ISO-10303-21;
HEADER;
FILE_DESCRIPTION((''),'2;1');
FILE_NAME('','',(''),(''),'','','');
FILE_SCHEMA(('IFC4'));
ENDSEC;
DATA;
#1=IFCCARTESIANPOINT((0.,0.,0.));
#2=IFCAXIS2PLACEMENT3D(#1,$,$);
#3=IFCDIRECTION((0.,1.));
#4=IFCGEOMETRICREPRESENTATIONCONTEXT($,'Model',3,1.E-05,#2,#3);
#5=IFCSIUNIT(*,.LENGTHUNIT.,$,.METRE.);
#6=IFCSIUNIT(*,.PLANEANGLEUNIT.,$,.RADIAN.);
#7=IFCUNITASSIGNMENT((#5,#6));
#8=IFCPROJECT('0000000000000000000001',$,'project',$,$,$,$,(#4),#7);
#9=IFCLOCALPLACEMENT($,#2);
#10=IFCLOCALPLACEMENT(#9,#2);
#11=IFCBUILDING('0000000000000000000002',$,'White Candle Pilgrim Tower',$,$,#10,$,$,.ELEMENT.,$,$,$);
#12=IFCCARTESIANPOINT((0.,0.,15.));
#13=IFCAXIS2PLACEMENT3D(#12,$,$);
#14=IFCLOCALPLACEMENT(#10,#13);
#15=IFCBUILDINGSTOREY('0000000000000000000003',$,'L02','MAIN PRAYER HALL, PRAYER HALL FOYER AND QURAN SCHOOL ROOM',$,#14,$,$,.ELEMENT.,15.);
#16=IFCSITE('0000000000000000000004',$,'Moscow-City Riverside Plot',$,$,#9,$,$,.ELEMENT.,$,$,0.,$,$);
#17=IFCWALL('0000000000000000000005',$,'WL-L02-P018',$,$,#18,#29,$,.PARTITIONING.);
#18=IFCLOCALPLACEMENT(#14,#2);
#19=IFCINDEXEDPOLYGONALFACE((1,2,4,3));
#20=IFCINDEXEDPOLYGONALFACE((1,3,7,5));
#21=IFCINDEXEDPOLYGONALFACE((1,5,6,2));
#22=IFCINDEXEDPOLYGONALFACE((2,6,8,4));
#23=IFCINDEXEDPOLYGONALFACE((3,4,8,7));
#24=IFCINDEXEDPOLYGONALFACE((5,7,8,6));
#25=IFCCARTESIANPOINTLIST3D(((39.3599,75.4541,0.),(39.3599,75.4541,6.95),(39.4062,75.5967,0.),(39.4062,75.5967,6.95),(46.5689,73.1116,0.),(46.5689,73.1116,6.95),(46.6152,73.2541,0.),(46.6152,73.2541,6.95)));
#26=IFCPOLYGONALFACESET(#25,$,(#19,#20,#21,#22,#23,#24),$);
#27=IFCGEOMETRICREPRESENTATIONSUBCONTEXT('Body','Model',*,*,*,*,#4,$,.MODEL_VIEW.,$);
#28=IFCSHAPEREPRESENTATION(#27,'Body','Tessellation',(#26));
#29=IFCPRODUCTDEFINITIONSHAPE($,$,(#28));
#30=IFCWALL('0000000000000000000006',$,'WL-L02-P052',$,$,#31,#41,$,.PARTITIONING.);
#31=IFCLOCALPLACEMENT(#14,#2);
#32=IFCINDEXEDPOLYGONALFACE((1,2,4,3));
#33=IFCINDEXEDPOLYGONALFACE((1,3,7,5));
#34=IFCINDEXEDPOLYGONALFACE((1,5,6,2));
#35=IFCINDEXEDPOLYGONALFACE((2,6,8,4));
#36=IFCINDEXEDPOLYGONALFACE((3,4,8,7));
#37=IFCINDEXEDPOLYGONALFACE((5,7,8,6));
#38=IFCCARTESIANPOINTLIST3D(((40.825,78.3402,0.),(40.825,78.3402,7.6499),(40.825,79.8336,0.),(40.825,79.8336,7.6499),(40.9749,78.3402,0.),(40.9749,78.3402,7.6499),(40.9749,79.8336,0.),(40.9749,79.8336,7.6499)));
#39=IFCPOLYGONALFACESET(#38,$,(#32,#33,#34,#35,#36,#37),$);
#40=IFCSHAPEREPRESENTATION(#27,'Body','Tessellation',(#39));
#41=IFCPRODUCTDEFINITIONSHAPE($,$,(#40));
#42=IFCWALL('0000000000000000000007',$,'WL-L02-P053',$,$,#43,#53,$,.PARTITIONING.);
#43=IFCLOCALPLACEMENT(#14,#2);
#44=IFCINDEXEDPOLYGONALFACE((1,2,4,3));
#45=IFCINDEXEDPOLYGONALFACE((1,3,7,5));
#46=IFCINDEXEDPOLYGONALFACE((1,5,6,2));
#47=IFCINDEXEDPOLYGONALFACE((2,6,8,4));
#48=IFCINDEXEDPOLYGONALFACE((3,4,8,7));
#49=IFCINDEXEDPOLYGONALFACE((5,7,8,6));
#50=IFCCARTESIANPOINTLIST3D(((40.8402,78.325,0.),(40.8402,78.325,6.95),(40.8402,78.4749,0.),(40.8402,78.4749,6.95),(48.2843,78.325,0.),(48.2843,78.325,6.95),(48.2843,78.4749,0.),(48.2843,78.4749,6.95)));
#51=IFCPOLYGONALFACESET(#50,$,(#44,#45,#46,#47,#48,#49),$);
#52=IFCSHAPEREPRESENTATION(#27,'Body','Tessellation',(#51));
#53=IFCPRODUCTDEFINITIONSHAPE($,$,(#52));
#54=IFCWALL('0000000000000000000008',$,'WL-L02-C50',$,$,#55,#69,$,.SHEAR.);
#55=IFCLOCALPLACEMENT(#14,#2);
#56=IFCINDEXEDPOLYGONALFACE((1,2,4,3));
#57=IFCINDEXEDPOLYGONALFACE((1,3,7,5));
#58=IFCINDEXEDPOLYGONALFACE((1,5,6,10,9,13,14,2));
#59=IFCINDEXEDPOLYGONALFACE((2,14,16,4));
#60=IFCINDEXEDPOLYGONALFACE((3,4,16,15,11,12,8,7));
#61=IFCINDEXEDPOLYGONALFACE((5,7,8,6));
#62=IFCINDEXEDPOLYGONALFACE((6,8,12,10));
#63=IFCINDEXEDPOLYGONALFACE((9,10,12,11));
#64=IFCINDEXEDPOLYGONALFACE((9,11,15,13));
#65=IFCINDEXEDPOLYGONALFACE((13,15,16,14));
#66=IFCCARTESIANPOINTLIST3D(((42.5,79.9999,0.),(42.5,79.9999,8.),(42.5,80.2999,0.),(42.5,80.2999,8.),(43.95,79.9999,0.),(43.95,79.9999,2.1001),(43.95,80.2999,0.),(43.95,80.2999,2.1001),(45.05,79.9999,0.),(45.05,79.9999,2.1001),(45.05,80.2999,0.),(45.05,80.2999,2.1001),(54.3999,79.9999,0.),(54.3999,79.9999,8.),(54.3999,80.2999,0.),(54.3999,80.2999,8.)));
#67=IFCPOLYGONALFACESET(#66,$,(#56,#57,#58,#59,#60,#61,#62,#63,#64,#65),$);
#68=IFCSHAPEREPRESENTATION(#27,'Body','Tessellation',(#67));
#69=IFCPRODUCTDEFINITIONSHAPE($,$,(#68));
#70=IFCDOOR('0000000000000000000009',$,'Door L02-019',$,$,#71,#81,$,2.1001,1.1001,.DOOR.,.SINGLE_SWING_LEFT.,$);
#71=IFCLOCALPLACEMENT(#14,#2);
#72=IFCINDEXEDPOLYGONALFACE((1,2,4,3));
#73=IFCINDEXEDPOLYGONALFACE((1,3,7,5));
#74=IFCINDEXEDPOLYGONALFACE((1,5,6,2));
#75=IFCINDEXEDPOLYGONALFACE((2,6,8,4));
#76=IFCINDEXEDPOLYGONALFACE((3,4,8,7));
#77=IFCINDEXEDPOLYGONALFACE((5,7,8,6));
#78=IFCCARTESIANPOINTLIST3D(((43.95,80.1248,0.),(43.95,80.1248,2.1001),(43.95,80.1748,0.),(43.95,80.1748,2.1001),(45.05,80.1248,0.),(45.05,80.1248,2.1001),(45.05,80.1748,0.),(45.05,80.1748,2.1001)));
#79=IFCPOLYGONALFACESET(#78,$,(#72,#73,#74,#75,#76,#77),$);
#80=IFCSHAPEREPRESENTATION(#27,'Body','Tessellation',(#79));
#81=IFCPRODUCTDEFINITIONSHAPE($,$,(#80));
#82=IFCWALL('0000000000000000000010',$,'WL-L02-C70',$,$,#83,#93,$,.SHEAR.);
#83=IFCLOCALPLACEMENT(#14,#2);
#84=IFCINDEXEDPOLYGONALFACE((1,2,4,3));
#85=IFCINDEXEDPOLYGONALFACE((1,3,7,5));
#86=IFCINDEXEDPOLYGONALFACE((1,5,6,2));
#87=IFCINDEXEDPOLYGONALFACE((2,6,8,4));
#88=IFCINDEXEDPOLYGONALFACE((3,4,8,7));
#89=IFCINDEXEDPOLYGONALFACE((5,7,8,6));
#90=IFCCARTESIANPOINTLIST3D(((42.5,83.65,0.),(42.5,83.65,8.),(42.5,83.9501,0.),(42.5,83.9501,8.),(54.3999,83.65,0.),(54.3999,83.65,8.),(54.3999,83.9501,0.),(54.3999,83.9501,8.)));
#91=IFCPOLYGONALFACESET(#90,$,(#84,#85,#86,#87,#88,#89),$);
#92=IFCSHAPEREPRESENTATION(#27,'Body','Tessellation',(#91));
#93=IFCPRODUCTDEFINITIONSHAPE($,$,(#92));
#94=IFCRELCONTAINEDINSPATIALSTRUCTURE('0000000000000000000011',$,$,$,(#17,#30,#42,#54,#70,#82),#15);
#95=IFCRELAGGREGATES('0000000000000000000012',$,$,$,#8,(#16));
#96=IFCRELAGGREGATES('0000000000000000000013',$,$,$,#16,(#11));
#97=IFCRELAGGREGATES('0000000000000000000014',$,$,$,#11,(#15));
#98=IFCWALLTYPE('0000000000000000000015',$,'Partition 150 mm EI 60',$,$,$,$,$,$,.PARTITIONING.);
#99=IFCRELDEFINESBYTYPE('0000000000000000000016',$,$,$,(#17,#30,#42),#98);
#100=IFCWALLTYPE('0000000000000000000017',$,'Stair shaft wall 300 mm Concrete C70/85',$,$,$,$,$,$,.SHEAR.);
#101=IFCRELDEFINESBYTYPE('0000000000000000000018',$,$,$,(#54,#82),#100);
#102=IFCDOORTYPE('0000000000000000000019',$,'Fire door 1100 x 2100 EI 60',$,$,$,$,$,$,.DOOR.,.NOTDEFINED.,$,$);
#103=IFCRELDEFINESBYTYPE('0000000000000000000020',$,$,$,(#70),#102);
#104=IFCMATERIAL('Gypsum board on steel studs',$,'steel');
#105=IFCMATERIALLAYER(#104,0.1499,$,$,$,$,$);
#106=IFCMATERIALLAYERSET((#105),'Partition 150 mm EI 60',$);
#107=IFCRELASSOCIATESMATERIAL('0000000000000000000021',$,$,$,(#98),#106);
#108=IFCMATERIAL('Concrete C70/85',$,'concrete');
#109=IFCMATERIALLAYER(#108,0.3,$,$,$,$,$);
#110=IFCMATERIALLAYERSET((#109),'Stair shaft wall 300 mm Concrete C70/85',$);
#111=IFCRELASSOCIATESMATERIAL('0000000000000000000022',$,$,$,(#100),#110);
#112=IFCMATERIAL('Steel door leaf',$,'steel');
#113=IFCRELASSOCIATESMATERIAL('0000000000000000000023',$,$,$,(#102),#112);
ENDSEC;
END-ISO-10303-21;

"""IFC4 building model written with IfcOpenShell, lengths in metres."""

from ifc_helpers import new_model, si_unit, direction, frame, frame_2d, origin, place, context, subcontext, project, spatial, rectangle, extrude, material, layer, layer_set, type_object, element, fill, save


model = new_model("IFC4")

# Units and contexts
model_context = context("Model", 3, precision=1e-05, world=origin(), true_north=direction((0.0, 1.0)))
body_context = subcontext(model_context, "Body", "Model", "MODEL_VIEW")
ifc_project = project(units=[si_unit("LENGTHUNIT", "METRE"), si_unit("PLANEANGLEUNIT", "RADIAN")], contexts=[model_context])

# Site, building, storey
site_placement = place(None, origin())
site = spatial("IfcSite", under=ifc_project, at=site_placement, Name="Moscow-City Riverside Plot", CompositionType="ELEMENT", RefElevation=0.0)
building_placement = place(site_placement, origin())
building = spatial("IfcBuilding", under=site, at=building_placement, Name="White Candle Pilgrim Tower", CompositionType="ELEMENT")
storey_placement = place(building_placement, frame((0.0, 0.0, 15.0)))
storey = spatial("IfcBuildingStorey", under=building, at=storey_placement, Name="L02", Description="MAIN PRAYER HALL, PRAYER HALL FOYER AND QURAN SCHOOL ROOM", CompositionType="ELEMENT", Elevation=15.0)

# Shared definitions
ifc_material_1 = material(Name="Concrete C70/85", Category="concrete")

# Walls
ifc_material_2 = material(Name="Gypsum board on steel studs", Category="steel")
ifc_layer_1 = layer(ifc_material_2, 0.1499)
ifc_layer_set_1 = layer_set([ifc_layer_1], Name="Partition 150 mm EI 60")
wall_type_1 = type_object("IfcWallType", Name="Partition 150 mm EI 60", PredefinedType="PARTITIONING", material=ifc_layer_set_1)
wall_1_placement = place(storey_placement, frame((39.3831, 75.5254, 0.0), z_axis=(0.0, 0.0, 1.0), x_axis=(0.951049, -0.309039, 0.0)))
element("IfcWall", 1, at=wall_1_placement, inside=storey, type_object=wall_type_1, Name="WL-L02-P018", PredefinedType="PARTITIONING", context=body_context, shape_type="SweptSolid", body=[
    extrude(rectangle(XDim=7.5801, YDim=0.1499, at=frame_2d((3.79, 0.0))), origin(), (0.0, 0.0, 1.0), 6.95),
])
wall_2_placement = place(storey_placement, frame((40.8999, 79.8335, 0.0), z_axis=(0.0, 0.0, 1.0), x_axis=(0.0, -1.0, 0.0)))
element("IfcWall", 2, at=wall_2_placement, inside=storey, type_object=wall_type_1, Name="WL-L02-P052", PredefinedType="PARTITIONING", context=body_context, shape_type="SweptSolid", body=[
    extrude(rectangle(XDim=1.4934, YDim=0.1499, at=frame_2d((0.7466, 0.0))), origin(), (0.0, 0.0, 1.0), 7.6499),
])
wall_3_placement = place(storey_placement, frame((40.8401, 78.3999, 0.0), z_axis=(0.0, 0.0, 1.0), x_axis=(1.0, 0.0, 0.0)))
element("IfcWall", 3, at=wall_3_placement, inside=storey, type_object=wall_type_1, Name="WL-L02-P053", PredefinedType="PARTITIONING", context=body_context, shape_type="SweptSolid", body=[
    extrude(rectangle(XDim=7.4441, YDim=0.1499, at=frame_2d((3.7222, 0.0))), origin(), (0.0, 0.0, 1.0), 6.95),
])

# Wall, opening, door
ifc_layer_2 = layer(ifc_material_1, 0.3)
ifc_layer_set_2 = layer_set([ifc_layer_2], Name="Stair shaft wall 300 mm Concrete C70/85")
wall_type_2 = type_object("IfcWallType", Name="Stair shaft wall 300 mm Concrete C70/85", PredefinedType="SHEAR", material=ifc_layer_set_2)
wall_4_placement = place(storey_placement, frame((42.5, 80.1499, 0.0), z_axis=(0.0, 0.0, 1.0), x_axis=(1.0, 0.0, 0.0)))
wall_4 = element("IfcWall", 4, at=wall_4_placement, inside=storey, type_object=wall_type_2, Name="WL-L02-C50", PredefinedType="SHEAR", context=body_context, shape_type="SweptSolid", body=[
    extrude(rectangle(XDim=11.8999, YDim=0.3, at=frame_2d((5.95, 0.0))), origin(), (0.0, 0.0, 1.0), 8.0),
])
opening_1_placement = place(wall_4_placement, frame((1.45, 0.0, 0.0)))
opening_1 = element("IfcOpeningElement", 5, at=opening_1_placement, cuts=wall_4, PredefinedType="OPENING", context=body_context, shape_type="SweptSolid", body=[
    extrude(rectangle(XDim=1.1001, YDim=2.1001, at=frame_2d((0.55, 1.05))), frame((0.0, 0.1599, 0.0), z_axis=(0.0, -1.0, 0.0), x_axis=(1.0, 0.0, 0.0)), (0.0, 0.0, 1.0), 0.3201),
])
ifc_material_3 = material(Name="Steel door leaf", Category="steel")
door_type = type_object("IfcDoorType", Name="Fire door 1100 x 2100 EI 60", OperationType="NOTDEFINED", PredefinedType="DOOR", material=ifc_material_3)
door_placement = place(opening_1_placement, origin())
door = element("IfcDoor", 6, at=door_placement, inside=storey, type_object=door_type, Name="Door L02-019", OperationType="SINGLE_SWING_LEFT", OverallHeight=2.1001, OverallWidth=1.1001, PredefinedType="DOOR", context=body_context, shape_type="SweptSolid", body=[
    extrude(rectangle(XDim=1.1001, YDim=2.1001, at=frame_2d((0.55, 1.05))), frame((0.0, 0.0249, 0.0), z_axis=(0.0, -1.0, 0.0), x_axis=(1.0, 0.0, 0.0)), (0.0, 0.0, 1.0), 0.05),
])
fill(opening_1, door)

# Wall
wall_5_placement = place(storey_placement, frame((42.5, 83.8, 0.0), z_axis=(0.0, 0.0, 1.0), x_axis=(1.0, 0.0, 0.0)))
element("IfcWall", 7, at=wall_5_placement, inside=storey, type_object=wall_type_2, Name="WL-L02-C70", PredefinedType="SHEAR", context=body_context, shape_type="SweptSolid", body=[
    extrude(rectangle(XDim=11.8999, YDim=0.3, at=frame_2d((5.95, 0.0))), origin(), (0.0, 0.0, 1.0), 8.0),
])

save(model, "model.ifc")
